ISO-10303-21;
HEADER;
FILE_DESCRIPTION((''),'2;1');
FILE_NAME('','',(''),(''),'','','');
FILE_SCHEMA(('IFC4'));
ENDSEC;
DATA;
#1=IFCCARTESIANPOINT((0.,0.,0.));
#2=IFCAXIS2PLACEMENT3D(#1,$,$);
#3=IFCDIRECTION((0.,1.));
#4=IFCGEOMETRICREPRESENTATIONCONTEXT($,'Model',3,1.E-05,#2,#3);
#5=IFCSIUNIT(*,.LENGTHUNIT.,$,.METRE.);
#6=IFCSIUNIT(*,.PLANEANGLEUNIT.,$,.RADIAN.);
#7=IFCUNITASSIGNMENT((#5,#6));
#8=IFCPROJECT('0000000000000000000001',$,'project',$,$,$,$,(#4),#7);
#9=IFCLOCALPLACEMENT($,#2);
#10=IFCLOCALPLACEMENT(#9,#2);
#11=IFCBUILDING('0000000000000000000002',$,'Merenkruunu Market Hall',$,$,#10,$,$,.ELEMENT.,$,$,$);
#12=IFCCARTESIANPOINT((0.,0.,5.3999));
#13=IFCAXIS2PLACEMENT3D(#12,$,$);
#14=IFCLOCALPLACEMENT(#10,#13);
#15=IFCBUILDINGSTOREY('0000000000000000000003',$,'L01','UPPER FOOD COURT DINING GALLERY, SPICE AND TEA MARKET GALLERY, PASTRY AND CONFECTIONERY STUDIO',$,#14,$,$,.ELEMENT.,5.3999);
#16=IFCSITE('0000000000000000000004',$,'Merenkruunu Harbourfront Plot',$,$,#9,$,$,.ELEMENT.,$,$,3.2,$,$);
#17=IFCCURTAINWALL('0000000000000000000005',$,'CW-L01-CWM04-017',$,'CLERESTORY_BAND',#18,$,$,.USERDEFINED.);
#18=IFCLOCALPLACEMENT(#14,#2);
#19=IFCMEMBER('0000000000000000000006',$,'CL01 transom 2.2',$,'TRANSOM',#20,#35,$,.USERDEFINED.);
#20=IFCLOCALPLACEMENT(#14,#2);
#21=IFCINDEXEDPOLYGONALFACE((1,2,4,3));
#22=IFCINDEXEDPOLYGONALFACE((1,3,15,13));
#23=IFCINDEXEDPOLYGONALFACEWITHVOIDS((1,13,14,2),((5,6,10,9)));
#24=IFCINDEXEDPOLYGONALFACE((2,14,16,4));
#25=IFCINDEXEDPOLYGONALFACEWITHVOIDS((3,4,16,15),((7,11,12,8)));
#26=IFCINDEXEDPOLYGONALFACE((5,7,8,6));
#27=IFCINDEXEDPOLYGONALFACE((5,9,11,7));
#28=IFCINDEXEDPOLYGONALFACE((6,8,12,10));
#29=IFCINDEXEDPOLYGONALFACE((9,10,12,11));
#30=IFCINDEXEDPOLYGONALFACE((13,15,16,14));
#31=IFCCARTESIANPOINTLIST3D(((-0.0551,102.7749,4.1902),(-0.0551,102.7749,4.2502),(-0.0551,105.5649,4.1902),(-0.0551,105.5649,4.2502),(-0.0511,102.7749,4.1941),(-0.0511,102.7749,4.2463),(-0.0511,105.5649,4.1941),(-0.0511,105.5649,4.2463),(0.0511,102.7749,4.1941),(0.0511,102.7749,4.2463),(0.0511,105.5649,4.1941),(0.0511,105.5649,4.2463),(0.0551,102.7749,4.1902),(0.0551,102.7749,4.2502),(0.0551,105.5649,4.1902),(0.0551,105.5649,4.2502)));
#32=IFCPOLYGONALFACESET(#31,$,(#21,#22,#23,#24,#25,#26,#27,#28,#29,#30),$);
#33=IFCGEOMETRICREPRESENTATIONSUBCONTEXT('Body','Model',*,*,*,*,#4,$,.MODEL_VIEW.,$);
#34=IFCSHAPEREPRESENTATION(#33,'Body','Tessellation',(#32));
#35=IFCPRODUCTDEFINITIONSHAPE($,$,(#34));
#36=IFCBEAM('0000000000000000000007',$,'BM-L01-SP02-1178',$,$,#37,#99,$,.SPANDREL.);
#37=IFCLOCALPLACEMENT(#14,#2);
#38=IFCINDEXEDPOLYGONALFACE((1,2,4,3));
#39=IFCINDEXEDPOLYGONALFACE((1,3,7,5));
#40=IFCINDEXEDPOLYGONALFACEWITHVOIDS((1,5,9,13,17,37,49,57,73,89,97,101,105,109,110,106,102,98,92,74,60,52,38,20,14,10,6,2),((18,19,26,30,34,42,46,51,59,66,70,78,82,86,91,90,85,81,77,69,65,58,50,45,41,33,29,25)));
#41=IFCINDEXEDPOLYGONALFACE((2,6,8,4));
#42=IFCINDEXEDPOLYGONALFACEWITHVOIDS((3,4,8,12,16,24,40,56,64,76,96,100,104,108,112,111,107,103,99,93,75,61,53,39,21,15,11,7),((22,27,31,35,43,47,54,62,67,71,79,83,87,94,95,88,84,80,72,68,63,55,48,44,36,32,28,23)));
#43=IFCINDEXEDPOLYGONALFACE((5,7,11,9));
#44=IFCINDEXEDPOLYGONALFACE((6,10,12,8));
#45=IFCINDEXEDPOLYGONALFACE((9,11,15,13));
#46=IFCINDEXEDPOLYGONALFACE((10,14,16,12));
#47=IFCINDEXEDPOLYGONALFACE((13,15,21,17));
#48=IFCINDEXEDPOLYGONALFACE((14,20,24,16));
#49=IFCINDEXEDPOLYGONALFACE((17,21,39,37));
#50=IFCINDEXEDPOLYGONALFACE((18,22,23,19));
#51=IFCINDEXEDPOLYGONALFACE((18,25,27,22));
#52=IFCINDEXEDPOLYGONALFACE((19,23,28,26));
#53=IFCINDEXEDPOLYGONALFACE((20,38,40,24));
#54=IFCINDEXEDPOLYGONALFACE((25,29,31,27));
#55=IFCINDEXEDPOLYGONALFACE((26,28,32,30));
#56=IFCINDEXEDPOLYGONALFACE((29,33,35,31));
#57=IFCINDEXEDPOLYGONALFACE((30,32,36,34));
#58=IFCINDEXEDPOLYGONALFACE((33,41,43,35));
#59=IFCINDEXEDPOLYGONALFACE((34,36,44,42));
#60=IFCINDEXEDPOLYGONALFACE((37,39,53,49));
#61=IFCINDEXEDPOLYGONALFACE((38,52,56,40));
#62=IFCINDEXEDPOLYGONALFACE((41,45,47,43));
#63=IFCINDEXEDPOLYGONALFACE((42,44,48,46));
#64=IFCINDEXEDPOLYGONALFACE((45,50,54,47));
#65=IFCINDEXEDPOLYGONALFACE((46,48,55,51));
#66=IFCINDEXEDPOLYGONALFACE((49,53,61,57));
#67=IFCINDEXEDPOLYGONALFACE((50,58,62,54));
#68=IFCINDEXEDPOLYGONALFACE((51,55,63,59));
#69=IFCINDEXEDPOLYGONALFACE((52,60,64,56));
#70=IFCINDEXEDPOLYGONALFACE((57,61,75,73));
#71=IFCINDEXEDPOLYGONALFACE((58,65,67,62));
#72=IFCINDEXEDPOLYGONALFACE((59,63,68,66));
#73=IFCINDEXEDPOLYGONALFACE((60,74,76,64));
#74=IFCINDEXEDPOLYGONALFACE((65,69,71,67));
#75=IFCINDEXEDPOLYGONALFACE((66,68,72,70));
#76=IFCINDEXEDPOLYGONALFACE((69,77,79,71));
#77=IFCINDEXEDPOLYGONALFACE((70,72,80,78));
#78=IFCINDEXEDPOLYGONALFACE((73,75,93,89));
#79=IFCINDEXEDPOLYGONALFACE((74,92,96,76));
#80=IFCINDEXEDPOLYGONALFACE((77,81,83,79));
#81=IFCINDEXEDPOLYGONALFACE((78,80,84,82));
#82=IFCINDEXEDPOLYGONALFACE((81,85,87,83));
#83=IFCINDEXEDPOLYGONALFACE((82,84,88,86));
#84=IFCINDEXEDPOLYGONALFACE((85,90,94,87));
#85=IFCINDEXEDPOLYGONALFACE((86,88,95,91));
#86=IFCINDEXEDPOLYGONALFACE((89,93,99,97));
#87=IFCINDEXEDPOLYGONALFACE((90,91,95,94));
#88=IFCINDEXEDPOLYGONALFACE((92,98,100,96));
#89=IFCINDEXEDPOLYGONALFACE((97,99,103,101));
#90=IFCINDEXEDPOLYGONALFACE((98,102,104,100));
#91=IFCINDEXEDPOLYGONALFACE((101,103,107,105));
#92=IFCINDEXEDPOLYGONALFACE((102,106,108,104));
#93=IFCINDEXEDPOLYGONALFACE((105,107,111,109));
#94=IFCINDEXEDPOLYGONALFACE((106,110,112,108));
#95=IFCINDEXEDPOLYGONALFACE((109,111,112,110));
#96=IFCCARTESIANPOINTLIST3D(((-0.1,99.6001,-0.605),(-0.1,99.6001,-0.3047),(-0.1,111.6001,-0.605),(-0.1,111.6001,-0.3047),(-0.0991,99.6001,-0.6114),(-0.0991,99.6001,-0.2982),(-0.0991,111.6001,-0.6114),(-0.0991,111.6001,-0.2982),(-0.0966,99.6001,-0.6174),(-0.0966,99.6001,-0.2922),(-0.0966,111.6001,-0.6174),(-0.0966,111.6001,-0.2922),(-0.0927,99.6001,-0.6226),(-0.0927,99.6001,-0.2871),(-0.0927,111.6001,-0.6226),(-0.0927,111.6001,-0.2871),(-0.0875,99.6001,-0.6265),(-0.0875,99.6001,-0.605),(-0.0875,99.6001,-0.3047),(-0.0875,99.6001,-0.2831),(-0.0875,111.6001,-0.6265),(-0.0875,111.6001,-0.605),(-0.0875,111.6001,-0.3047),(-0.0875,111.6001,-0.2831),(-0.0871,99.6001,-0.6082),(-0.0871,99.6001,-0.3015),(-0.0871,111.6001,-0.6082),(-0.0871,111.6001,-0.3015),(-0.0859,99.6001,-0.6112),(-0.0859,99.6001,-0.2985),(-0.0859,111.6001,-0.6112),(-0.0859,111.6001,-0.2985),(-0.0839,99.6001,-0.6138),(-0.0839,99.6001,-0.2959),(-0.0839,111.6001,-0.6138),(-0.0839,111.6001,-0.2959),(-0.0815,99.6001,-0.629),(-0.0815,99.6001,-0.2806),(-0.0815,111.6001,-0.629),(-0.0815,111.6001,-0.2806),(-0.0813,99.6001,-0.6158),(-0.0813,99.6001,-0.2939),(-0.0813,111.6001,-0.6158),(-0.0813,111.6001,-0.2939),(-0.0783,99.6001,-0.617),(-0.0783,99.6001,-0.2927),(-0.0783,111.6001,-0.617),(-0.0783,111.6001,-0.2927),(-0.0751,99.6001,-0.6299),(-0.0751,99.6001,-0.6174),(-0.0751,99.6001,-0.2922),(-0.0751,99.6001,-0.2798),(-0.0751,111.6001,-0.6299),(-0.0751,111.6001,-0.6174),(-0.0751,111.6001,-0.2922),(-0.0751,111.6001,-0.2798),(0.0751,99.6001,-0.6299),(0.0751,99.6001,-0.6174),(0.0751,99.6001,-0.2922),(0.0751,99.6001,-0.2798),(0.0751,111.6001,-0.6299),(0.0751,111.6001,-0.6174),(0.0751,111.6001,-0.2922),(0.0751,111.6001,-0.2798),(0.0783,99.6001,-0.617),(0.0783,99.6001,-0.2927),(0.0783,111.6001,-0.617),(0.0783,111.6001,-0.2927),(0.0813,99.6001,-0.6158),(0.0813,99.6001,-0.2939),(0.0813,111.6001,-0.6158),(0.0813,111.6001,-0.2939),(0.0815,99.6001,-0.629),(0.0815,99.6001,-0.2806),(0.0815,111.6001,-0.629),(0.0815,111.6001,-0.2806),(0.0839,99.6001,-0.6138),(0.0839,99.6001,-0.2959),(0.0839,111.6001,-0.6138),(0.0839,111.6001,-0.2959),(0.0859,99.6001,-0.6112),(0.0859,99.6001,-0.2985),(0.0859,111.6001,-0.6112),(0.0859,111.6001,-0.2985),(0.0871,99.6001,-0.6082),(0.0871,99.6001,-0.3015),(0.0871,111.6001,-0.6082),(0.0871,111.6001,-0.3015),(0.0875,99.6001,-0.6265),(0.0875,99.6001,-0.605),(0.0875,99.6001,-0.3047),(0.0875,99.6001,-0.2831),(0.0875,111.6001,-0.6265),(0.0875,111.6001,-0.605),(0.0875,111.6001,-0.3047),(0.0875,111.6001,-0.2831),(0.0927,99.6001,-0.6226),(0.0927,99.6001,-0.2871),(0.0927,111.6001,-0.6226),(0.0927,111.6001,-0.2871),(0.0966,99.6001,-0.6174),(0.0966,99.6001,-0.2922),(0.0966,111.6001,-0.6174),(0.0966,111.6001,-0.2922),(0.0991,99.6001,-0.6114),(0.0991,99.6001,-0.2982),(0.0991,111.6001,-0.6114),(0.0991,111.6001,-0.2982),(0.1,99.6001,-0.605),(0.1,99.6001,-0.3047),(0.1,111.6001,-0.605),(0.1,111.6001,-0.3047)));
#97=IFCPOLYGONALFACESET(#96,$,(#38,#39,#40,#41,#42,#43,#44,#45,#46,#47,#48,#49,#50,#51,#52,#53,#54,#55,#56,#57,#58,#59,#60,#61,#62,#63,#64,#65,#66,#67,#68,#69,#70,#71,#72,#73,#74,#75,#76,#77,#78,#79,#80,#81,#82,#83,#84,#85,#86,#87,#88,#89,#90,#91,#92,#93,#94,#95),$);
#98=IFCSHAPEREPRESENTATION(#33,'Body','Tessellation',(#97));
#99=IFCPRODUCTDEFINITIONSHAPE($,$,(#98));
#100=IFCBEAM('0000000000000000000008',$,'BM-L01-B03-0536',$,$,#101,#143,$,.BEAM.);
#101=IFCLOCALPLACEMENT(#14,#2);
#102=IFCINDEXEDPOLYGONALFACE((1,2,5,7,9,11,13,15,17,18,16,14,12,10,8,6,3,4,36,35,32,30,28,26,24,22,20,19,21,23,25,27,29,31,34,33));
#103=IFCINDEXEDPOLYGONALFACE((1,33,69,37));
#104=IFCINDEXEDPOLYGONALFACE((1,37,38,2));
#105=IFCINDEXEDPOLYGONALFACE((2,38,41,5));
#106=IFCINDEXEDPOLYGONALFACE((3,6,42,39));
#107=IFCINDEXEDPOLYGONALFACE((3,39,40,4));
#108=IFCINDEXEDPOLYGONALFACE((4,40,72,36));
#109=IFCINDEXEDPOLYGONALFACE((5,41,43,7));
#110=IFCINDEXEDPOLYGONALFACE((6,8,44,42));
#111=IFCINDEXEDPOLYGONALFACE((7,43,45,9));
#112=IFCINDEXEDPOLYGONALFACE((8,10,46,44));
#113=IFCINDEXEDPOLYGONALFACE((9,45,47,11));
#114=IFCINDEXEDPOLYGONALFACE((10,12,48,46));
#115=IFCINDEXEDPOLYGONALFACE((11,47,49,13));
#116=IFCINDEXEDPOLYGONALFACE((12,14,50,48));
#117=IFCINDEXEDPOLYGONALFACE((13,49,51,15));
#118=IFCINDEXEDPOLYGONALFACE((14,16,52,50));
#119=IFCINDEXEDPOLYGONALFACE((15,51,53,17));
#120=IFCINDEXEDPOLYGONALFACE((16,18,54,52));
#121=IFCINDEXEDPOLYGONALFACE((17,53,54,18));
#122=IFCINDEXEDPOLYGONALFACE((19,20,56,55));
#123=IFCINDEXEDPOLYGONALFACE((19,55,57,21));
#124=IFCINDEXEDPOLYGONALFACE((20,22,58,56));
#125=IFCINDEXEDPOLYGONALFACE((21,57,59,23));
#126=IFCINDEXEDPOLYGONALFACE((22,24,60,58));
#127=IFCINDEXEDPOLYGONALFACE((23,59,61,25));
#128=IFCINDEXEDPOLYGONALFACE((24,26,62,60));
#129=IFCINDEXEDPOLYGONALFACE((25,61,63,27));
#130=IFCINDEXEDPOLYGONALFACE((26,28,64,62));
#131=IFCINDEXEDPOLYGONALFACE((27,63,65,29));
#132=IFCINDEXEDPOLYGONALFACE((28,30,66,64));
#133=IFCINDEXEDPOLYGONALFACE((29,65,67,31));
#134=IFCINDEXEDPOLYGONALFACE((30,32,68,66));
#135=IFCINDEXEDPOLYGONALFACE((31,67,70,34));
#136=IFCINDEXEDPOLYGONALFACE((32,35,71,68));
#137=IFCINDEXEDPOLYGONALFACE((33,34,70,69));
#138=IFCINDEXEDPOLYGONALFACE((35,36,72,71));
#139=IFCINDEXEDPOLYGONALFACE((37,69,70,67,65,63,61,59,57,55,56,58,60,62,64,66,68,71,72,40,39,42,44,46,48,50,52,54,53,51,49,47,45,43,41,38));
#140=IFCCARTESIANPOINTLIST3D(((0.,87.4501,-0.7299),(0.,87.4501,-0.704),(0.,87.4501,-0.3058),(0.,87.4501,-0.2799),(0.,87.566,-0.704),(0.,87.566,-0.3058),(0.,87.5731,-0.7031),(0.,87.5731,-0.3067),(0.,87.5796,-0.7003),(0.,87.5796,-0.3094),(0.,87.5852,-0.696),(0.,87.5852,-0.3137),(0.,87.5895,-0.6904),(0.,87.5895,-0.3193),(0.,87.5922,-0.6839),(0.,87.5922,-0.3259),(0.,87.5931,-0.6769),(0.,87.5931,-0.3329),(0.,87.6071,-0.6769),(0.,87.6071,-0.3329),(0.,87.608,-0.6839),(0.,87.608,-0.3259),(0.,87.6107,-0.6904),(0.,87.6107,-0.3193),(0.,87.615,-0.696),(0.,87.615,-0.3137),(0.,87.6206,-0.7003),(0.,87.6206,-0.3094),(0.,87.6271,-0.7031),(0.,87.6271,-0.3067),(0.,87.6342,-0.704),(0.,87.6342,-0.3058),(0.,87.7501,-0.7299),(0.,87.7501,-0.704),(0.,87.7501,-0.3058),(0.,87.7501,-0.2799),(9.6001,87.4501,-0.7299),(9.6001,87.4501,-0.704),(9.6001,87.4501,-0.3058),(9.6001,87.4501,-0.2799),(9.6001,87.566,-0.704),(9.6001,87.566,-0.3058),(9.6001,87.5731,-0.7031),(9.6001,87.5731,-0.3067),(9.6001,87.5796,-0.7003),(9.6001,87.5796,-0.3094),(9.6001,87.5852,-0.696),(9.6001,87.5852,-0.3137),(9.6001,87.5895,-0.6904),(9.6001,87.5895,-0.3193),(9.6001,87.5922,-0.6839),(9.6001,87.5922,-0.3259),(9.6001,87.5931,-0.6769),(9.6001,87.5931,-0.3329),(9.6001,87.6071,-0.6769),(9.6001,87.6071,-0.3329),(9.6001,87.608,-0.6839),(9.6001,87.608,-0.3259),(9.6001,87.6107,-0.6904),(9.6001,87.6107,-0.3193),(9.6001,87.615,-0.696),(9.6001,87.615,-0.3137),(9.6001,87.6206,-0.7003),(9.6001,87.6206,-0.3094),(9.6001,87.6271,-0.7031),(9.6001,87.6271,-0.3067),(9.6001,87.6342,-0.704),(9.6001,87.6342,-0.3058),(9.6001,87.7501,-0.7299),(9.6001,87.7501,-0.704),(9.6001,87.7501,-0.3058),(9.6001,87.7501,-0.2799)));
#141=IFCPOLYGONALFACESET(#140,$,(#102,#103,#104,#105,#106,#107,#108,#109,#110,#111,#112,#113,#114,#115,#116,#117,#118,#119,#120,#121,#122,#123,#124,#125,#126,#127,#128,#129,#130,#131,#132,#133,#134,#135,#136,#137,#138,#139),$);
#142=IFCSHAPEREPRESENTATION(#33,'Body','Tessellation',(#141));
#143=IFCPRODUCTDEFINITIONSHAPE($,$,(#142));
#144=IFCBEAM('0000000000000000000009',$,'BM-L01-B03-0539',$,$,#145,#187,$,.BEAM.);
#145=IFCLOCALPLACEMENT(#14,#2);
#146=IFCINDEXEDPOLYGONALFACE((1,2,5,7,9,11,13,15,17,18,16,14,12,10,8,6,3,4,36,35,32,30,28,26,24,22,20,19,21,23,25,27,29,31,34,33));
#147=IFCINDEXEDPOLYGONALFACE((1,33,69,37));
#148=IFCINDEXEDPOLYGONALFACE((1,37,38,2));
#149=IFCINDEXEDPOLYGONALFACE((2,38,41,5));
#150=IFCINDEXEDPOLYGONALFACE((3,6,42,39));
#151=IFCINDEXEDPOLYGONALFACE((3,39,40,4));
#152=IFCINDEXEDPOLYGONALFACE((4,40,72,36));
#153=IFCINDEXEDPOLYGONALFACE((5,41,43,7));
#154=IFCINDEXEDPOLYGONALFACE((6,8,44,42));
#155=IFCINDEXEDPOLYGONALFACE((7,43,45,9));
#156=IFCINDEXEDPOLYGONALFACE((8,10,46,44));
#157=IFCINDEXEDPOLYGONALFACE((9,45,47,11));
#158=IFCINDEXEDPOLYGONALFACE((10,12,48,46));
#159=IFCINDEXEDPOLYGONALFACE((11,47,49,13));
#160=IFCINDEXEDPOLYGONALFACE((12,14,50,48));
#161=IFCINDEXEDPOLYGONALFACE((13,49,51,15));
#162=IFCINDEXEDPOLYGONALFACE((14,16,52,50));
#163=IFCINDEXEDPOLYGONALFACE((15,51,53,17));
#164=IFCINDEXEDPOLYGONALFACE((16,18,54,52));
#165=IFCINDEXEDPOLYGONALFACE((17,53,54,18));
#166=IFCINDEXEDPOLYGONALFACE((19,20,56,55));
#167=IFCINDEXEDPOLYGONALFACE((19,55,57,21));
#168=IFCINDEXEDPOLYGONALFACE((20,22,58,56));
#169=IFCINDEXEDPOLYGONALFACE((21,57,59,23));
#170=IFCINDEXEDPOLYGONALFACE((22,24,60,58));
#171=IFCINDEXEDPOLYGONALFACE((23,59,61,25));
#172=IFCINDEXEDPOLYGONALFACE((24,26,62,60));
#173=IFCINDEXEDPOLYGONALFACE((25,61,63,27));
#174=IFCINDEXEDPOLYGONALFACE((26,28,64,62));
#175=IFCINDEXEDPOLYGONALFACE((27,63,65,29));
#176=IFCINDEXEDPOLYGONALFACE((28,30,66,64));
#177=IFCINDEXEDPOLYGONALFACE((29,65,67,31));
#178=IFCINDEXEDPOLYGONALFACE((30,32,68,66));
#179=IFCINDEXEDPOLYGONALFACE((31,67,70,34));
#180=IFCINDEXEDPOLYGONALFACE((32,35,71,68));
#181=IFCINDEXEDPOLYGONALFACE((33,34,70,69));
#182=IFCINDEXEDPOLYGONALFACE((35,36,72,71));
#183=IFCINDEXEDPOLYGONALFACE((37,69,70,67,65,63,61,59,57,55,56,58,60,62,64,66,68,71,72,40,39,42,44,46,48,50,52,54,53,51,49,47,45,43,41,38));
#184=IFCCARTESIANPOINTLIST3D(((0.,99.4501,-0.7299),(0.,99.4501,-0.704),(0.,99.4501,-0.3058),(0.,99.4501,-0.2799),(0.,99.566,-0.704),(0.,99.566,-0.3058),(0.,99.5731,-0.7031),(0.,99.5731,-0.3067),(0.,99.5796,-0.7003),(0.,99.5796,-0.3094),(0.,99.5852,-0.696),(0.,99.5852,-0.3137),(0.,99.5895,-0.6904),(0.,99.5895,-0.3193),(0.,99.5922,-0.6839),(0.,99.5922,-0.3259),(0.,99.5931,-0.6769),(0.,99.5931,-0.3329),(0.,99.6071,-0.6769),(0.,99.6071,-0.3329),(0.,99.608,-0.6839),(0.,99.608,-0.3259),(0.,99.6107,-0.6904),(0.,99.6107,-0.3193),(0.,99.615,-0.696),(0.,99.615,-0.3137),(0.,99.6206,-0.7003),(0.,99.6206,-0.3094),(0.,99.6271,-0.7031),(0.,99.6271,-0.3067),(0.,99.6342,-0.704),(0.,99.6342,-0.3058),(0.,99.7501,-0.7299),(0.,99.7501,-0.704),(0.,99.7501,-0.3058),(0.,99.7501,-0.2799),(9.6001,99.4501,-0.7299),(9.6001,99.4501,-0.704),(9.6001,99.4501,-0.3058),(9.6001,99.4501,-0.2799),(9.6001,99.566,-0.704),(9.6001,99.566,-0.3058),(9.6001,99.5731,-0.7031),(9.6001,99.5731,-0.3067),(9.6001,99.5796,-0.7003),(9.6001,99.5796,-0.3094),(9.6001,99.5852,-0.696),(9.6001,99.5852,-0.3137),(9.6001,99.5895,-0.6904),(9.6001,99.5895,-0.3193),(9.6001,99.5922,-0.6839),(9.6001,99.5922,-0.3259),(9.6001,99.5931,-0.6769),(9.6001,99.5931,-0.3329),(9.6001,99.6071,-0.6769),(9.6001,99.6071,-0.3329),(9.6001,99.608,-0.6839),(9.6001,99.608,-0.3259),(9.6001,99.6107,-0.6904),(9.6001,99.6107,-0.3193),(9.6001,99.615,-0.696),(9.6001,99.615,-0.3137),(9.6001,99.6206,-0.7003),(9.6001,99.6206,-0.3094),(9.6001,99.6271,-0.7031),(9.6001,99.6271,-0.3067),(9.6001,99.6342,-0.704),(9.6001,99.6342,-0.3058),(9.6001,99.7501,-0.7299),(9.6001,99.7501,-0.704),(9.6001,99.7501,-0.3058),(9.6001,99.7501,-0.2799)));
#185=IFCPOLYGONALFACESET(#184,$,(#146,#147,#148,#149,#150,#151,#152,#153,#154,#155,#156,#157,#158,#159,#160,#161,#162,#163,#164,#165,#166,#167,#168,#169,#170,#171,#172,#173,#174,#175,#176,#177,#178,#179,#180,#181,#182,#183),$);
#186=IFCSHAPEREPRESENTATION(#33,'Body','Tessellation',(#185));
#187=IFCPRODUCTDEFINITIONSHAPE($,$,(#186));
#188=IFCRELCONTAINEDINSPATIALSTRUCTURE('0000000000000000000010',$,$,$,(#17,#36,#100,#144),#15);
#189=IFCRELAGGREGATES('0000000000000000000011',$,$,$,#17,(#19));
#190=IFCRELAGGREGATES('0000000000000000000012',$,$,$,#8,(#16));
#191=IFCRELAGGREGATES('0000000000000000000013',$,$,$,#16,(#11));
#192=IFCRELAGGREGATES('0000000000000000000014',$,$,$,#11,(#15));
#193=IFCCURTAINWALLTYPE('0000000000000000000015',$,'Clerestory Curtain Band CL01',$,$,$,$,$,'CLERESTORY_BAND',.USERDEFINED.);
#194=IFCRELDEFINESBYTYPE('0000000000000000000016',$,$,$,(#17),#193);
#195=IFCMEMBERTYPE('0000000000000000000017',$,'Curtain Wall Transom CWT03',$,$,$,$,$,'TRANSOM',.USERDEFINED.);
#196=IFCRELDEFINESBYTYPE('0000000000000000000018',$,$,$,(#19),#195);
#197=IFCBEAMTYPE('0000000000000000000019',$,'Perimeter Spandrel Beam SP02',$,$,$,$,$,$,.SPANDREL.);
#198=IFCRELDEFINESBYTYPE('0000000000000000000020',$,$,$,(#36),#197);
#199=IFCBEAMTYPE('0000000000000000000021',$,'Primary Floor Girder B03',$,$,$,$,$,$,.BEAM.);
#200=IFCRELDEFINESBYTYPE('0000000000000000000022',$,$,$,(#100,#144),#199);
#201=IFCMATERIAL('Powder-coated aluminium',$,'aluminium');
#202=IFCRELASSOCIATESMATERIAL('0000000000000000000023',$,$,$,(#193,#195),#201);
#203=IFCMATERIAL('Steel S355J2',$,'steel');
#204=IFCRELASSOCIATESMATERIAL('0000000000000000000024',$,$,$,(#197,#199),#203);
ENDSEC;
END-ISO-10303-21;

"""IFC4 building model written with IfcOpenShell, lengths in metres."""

from ifc_helpers import new_model, si_unit, direction, frame, origin, origin_2d, place, context, subcontext, project, spatial, hollow_rectangle, i_section, extrude, material, material_profile, profile_set, type_object, element, aggregate, save


model = new_model("IFC4")

# Units and contexts
model_context = context("Model", 3, precision=1e-05, world=origin(), true_north=direction((0.0, 1.0)))
body_context = subcontext(model_context, "Body", "Model", "MODEL_VIEW")
ifc_project = project(units=[si_unit("LENGTHUNIT", "METRE"), si_unit("PLANEANGLEUNIT", "RADIAN")], contexts=[model_context])

# Site, building, storey
site_placement = place(None, origin())
site = spatial("IfcSite", under=ifc_project, at=site_placement, Name="Merenkruunu Harbourfront Plot", CompositionType="ELEMENT", RefElevation=3.2)
building_placement = place(site_placement, origin())
building = spatial("IfcBuilding", under=site, at=building_placement, Name="Merenkruunu Market Hall", CompositionType="ELEMENT")
storey_placement = place(building_placement, frame((0.0, 0.0, 5.3999)))
storey = spatial("IfcBuildingStorey", under=building, at=storey_placement, Name="L01", Description="UPPER FOOD COURT DINING GALLERY, SPICE AND TEA MARKET GALLERY, PASTRY AND CONFECTIONERY STUDIO", CompositionType="ELEMENT", Elevation=5.3999)

# Curtain wall, member
ifc_material_1 = material(Name="Powder-coated aluminium", Category="aluminium")
curtain_wall_type = type_object("IfcCurtainWallType", Name="Clerestory Curtain Band CL01", ElementType="CLERESTORY_BAND", PredefinedType="USERDEFINED", material=ifc_material_1)
curtain_wall_placement = place(storey_placement, origin())
curtain_wall = element("IfcCurtainWall", 1, at=curtain_wall_placement, inside=storey, type_object=curtain_wall_type, Name="CW-L01-CWM04-017", ObjectType="CLERESTORY_BAND", PredefinedType="USERDEFINED")
ifc_material_profile_1 = material_profile(ifc_material_1, hollow_rectangle(XDim=0.0601, YDim=0.1101, WallThickness=0.0039, at=origin_2d()), Name="ALU 60x110x4")
ifc_profile_set_1 = profile_set([ifc_material_profile_1], Name="Powder-coated aluminium")
member_type_1 = type_object("IfcMemberType", Name="Curtain Wall Transom CWT03", ElementType="TRANSOM", PredefinedType="USERDEFINED", material=ifc_profile_set_1)
member_1_placement = place(storey_placement, frame((0.0, 102.7749, 4.2202), z_axis=(0.0, 1.0, 0.0), x_axis=(0.0, 0.0, 1.0)))
member_1 = element("IfcMember", 2, at=member_1_placement, type_object=member_type_1, Name="CL01 transom 2.2", ObjectType="TRANSOM", PredefinedType="USERDEFINED", context=body_context, shape_type="SweptSolid", body=[
    extrude(hollow_rectangle(XDim=0.0601, YDim=0.1101, WallThickness=0.0039, at=origin_2d()), origin(), (0.0, 0.0, 1.0), 2.79),
])

# Beams
ifc_material_2 = material(Name="Steel S355J2", Category="steel")
ifc_material_profile_2 = material_profile(ifc_material_2, hollow_rectangle(XDim=0.2, YDim=0.3501, WallThickness=0.0125, InnerFilletRadius=0.0125, OuterFilletRadius=0.0249, at=origin_2d()), Name="RHS 350x200x12.5")
ifc_profile_set_2 = profile_set([ifc_material_profile_2], Name="Steel S355J2")
beam_type_1 = type_object("IfcBeamType", Name="Perimeter Spandrel Beam SP02", PredefinedType="SPANDREL", material=ifc_profile_set_2)
beam_1_placement = place(storey_placement, frame((0.0, 99.6001, -0.4548), z_axis=(0.0, 1.0, 0.0), x_axis=(-1.0, 0.0, 0.0)))
element("IfcBeam", 3, at=beam_1_placement, inside=storey, type_object=beam_type_1, Name="BM-L01-SP02-1178", PredefinedType="SPANDREL", context=body_context, shape_type="SweptSolid", body=[
    extrude(hollow_rectangle(XDim=0.2, YDim=0.3501, WallThickness=0.0125, InnerFilletRadius=0.0125, OuterFilletRadius=0.0249, at=origin_2d()), origin(), (0.0, 0.0, 1.0), 12.0),
])
ifc_material_profile_3 = material_profile(ifc_material_2, i_section(OverallWidth=0.3, OverallDepth=0.45, WebThickness=0.0139, FlangeThickness=0.0259, FilletRadius=0.0271, at=origin_2d()), Name="HEB 450")
ifc_profile_set_3 = profile_set([ifc_material_profile_3], Name="Steel S355J2")
beam_type_2 = type_object("IfcBeamType", Name="Primary Floor Girder B03", PredefinedType="BEAM", material=ifc_profile_set_3)
for number, where, z_axis, x_axis, name in (
    (4, (0.0, 87.6001, -0.5049), (1.0, 0.0, 0.0), (0.0, 1.0, 0.0), "BM-L01-B03-0536"),
    (5, (0.0, 99.6001, -0.5049), (1.0, 0.0, 0.0), (0.0, 1.0, 0.0), "BM-L01-B03-0539"),
):
    element("IfcBeam", number, at=place(storey_placement, frame(where, z_axis=z_axis, x_axis=x_axis)), inside=storey, type_object=beam_type_2, Name=name, PredefinedType="BEAM", context=body_context, shape_type="SweptSolid", body=[
        extrude(i_section(OverallWidth=0.3, OverallDepth=0.45, WebThickness=0.0139, FlangeThickness=0.0259, FilletRadius=0.0271, at=origin_2d()), origin(), (0.0, 0.0, 1.0), 9.6001),
    ])

aggregate(curtain_wall, [member_1])

save(model, "model.ifc")
